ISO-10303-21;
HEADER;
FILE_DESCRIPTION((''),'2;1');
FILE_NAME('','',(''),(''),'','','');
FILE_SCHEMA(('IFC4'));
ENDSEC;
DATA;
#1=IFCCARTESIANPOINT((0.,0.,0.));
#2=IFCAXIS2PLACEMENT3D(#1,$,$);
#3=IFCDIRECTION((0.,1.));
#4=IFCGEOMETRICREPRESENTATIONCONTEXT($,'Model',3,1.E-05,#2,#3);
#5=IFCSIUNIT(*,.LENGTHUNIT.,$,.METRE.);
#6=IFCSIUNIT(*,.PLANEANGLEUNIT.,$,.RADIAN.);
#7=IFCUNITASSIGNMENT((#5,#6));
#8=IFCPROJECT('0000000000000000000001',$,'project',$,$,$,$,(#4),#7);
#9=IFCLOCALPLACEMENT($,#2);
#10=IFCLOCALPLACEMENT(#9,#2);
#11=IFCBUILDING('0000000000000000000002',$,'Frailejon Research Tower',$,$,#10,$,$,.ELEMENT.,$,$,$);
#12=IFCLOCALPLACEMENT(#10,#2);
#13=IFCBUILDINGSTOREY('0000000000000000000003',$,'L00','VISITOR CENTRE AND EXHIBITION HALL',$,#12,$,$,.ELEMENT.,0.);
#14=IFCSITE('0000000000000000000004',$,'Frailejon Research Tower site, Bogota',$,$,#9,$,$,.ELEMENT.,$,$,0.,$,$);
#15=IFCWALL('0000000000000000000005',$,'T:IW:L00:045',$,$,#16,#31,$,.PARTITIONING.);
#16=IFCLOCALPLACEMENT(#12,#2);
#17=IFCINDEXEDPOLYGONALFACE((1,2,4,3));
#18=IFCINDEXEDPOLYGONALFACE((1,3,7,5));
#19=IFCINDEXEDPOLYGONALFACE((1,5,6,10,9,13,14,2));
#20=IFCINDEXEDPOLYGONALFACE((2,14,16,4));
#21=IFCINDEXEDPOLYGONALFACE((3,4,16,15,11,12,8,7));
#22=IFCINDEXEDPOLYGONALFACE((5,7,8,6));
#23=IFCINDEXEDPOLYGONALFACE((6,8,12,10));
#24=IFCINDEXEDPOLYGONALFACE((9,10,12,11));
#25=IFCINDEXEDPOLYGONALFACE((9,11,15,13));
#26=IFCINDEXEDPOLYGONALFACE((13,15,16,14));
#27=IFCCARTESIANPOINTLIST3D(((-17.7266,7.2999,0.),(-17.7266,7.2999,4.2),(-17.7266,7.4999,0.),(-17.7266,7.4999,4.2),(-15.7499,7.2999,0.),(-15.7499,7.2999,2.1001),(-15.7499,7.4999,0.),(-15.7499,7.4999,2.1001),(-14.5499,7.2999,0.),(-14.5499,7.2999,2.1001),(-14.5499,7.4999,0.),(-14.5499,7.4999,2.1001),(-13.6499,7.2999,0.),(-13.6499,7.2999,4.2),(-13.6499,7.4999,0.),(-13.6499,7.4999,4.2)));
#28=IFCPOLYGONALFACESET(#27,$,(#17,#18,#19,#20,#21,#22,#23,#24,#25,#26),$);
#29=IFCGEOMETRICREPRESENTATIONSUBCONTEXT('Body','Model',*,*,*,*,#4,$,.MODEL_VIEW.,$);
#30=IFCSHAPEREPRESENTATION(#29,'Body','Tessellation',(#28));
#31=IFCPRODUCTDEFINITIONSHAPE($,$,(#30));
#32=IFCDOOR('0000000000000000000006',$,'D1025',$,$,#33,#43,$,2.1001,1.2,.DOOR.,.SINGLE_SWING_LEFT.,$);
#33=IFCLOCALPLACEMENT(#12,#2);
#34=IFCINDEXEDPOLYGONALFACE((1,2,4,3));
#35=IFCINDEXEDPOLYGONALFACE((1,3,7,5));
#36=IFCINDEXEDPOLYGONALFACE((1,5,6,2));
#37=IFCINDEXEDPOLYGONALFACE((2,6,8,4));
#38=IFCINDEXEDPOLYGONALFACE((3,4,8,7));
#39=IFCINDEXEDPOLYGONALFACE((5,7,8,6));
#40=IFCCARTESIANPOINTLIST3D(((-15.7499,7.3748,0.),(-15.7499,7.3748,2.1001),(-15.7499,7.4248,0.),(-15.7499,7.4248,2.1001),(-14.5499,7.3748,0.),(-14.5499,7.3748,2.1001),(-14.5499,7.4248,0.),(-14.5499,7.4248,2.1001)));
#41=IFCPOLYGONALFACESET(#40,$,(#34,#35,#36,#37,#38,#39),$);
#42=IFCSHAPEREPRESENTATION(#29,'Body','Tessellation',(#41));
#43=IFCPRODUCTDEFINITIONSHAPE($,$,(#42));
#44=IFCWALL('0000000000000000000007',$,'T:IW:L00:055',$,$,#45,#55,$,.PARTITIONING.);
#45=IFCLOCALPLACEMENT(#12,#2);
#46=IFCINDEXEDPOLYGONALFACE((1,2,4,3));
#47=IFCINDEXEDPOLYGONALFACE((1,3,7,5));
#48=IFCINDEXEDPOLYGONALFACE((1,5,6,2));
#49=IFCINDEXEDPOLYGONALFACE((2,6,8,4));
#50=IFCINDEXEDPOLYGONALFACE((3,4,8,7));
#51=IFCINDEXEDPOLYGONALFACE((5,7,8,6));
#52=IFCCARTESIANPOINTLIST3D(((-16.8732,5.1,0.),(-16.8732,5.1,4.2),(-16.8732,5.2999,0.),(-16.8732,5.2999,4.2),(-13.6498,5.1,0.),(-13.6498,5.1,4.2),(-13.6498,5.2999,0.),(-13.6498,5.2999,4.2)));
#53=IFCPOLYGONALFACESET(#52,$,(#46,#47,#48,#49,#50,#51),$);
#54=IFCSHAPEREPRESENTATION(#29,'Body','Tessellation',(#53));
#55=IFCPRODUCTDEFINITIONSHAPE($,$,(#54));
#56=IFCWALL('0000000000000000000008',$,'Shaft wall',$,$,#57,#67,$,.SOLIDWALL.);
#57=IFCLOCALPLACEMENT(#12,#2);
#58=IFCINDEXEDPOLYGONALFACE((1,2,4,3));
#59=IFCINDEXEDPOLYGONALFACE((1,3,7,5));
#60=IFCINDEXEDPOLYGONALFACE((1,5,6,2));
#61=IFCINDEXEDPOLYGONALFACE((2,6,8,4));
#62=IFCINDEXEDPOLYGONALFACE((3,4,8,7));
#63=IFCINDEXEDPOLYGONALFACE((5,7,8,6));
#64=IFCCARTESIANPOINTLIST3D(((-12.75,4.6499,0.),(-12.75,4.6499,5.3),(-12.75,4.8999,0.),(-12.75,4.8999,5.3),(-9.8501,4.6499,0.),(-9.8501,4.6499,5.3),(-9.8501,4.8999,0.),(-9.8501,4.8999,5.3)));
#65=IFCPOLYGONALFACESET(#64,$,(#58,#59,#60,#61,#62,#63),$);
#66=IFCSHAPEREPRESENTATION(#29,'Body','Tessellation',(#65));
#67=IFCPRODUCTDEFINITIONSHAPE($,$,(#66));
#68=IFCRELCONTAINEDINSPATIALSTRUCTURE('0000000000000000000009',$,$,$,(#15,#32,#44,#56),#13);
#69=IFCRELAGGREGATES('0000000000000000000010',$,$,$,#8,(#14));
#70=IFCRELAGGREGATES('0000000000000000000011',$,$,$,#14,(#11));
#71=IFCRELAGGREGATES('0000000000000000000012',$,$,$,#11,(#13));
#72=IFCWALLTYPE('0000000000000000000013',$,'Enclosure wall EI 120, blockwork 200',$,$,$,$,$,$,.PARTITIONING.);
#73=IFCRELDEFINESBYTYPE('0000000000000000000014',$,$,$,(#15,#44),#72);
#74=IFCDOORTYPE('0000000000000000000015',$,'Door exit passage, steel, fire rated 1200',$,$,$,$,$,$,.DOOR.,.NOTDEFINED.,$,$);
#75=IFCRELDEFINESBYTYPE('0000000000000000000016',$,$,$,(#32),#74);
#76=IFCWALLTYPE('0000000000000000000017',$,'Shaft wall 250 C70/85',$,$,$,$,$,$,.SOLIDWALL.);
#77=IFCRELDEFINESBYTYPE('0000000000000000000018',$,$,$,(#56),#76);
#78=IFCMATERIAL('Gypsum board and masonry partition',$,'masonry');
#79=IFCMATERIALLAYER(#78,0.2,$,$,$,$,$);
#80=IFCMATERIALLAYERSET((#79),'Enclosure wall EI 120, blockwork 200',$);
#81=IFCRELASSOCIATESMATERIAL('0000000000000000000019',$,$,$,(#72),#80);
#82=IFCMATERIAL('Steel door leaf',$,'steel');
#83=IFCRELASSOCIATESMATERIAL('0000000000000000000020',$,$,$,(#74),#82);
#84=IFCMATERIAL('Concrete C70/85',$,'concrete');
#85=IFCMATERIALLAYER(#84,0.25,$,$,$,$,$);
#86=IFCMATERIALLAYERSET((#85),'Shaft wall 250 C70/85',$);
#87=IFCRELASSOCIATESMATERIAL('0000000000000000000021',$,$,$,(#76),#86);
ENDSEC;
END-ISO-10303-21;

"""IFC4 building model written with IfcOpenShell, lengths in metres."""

from ifc_helpers import new_model, si_unit, direction, frame, frame_2d, origin, place, context, subcontext, project, spatial, rectangle, extrude, material, layer, layer_set, type_object, element, fill, save


model = new_model("IFC4")

# Units and contexts
model_context = context("Model", 3, precision=1e-05, world=origin(), true_north=direction((0.0, 1.0)))
body_context = subcontext(model_context, "Body", "Model", "MODEL_VIEW")
ifc_project = project(units=[si_unit("LENGTHUNIT", "METRE"), si_unit("PLANEANGLEUNIT", "RADIAN")], contexts=[model_context])

# Site, building, storey
site_placement = place(None, origin())
site = spatial("IfcSite", under=ifc_project, at=site_placement, Name="Frailejon Research Tower site, Bogota", CompositionType="ELEMENT", RefElevation=0.0)
building_placement = place(site_placement, origin())
building = spatial("IfcBuilding", under=site, at=building_placement, Name="Frailejon Research Tower", CompositionType="ELEMENT")
storey_placement = place(building_placement, origin())
storey = spatial("IfcBuildingStorey", under=building, at=storey_placement, Name="L00", Description="VISITOR CENTRE AND EXHIBITION HALL", CompositionType="ELEMENT", Elevation=0.0)

# Wall, opening, door
ifc_material_1 = material(Name="Gypsum board and masonry partition", Category="masonry")
ifc_layer_1 = layer(ifc_material_1, 0.2)
ifc_layer_set_1 = layer_set([ifc_layer_1], Name="Enclosure wall EI 120, blockwork 200")
wall_type_1 = type_object("IfcWallType", Name="Enclosure wall EI 120, blockwork 200", PredefinedType="PARTITIONING", material=ifc_layer_set_1)
wall_1_placement = place(storey_placement, frame((-17.7266, 7.3999, 0.0), z_axis=(0.0, 0.0, 1.0), x_axis=(1.0, 0.0, 0.0)))
wall_1 = element("IfcWall", 1, at=wall_1_placement, inside=storey, type_object=wall_type_1, Name="T:IW:L00:045", PredefinedType="PARTITIONING", context=body_context, shape_type="SweptSolid", body=[
    extrude(rectangle(XDim=4.0767, YDim=0.2, at=frame_2d((2.0383, 0.0))), origin(), (0.0, 0.0, 1.0), 4.2),
])
opening_1_placement = place(wall_1_placement, frame((1.9766, 0.0, 0.0)))
opening_1 = element("IfcOpeningElement", 2, at=opening_1_placement, cuts=wall_1, PredefinedType="OPENING", context=body_context, shape_type="SweptSolid", body=[
    extrude(rectangle(XDim=1.2, YDim=2.1001, at=frame_2d((0.6001, 1.05))), frame((0.0, 0.1099, 0.0), z_axis=(0.0, -1.0, 0.0), x_axis=(1.0, 0.0, 0.0)), (0.0, 0.0, 1.0), 0.22),
])
ifc_material_2 = material(Name="Steel door leaf", Category="steel")
door_type_1 = type_object("IfcDoorType", Name="Door exit passage, steel, fire rated 1200", OperationType="NOTDEFINED", PredefinedType="DOOR", material=ifc_material_2)
door_1_placement = place(opening_1_placement, origin())
door_1 = element("IfcDoor", 3, at=door_1_placement, inside=storey, type_object=door_type_1, Name="D1025", OperationType="SINGLE_SWING_LEFT", OverallHeight=2.1001, OverallWidth=1.2, PredefinedType="DOOR", context=body_context, shape_type="SweptSolid", body=[
    extrude(rectangle(XDim=1.2, YDim=2.1001, at=frame_2d((0.6001, 1.05))), frame((0.0, 0.0249, 0.0), z_axis=(0.0, -1.0, 0.0), x_axis=(1.0, 0.0, 0.0)), (0.0, 0.0, 1.0), 0.05),
])
fill(opening_1, door_1)

# Walls
wall_2_placement = place(storey_placement, frame((-16.8733, 5.2, 0.0), z_axis=(0.0, 0.0, 1.0), x_axis=(1.0, 0.0, 0.0)))
element("IfcWall", 4, at=wall_2_placement, inside=storey, type_object=wall_type_1, Name="T:IW:L00:055", PredefinedType="PARTITIONING", context=body_context, shape_type="SweptSolid", body=[
    extrude(rectangle(XDim=3.2234, YDim=0.2, at=frame_2d((1.6118, 0.0))), origin(), (0.0, 0.0, 1.0), 4.2),
])
ifc_material_3 = material(Name="Concrete C70/85", Category="concrete")
ifc_layer_2 = layer(ifc_material_3, 0.25)
ifc_layer_set_2 = layer_set([ifc_layer_2], Name="Shaft wall 250 C70/85")
wall_type_2 = type_object("IfcWallType", Name="Shaft wall 250 C70/85", PredefinedType="SOLIDWALL", material=ifc_layer_set_2)
wall_3_placement = place(storey_placement, frame((-12.75, 4.7749, 0.0), z_axis=(0.0, 0.0, 1.0), x_axis=(1.0, 0.0, 0.0)))
element("IfcWall", 5, at=wall_3_placement, inside=storey, type_object=wall_type_2, Name="Shaft wall", PredefinedType="SOLIDWALL", context=body_context, shape_type="SweptSolid", body=[
    extrude(rectangle(XDim=2.8999, YDim=0.25, at=frame_2d((1.45, 0.0))), origin(), (0.0, 0.0, 1.0), 5.3),
])

save(model, "model.ifc")
